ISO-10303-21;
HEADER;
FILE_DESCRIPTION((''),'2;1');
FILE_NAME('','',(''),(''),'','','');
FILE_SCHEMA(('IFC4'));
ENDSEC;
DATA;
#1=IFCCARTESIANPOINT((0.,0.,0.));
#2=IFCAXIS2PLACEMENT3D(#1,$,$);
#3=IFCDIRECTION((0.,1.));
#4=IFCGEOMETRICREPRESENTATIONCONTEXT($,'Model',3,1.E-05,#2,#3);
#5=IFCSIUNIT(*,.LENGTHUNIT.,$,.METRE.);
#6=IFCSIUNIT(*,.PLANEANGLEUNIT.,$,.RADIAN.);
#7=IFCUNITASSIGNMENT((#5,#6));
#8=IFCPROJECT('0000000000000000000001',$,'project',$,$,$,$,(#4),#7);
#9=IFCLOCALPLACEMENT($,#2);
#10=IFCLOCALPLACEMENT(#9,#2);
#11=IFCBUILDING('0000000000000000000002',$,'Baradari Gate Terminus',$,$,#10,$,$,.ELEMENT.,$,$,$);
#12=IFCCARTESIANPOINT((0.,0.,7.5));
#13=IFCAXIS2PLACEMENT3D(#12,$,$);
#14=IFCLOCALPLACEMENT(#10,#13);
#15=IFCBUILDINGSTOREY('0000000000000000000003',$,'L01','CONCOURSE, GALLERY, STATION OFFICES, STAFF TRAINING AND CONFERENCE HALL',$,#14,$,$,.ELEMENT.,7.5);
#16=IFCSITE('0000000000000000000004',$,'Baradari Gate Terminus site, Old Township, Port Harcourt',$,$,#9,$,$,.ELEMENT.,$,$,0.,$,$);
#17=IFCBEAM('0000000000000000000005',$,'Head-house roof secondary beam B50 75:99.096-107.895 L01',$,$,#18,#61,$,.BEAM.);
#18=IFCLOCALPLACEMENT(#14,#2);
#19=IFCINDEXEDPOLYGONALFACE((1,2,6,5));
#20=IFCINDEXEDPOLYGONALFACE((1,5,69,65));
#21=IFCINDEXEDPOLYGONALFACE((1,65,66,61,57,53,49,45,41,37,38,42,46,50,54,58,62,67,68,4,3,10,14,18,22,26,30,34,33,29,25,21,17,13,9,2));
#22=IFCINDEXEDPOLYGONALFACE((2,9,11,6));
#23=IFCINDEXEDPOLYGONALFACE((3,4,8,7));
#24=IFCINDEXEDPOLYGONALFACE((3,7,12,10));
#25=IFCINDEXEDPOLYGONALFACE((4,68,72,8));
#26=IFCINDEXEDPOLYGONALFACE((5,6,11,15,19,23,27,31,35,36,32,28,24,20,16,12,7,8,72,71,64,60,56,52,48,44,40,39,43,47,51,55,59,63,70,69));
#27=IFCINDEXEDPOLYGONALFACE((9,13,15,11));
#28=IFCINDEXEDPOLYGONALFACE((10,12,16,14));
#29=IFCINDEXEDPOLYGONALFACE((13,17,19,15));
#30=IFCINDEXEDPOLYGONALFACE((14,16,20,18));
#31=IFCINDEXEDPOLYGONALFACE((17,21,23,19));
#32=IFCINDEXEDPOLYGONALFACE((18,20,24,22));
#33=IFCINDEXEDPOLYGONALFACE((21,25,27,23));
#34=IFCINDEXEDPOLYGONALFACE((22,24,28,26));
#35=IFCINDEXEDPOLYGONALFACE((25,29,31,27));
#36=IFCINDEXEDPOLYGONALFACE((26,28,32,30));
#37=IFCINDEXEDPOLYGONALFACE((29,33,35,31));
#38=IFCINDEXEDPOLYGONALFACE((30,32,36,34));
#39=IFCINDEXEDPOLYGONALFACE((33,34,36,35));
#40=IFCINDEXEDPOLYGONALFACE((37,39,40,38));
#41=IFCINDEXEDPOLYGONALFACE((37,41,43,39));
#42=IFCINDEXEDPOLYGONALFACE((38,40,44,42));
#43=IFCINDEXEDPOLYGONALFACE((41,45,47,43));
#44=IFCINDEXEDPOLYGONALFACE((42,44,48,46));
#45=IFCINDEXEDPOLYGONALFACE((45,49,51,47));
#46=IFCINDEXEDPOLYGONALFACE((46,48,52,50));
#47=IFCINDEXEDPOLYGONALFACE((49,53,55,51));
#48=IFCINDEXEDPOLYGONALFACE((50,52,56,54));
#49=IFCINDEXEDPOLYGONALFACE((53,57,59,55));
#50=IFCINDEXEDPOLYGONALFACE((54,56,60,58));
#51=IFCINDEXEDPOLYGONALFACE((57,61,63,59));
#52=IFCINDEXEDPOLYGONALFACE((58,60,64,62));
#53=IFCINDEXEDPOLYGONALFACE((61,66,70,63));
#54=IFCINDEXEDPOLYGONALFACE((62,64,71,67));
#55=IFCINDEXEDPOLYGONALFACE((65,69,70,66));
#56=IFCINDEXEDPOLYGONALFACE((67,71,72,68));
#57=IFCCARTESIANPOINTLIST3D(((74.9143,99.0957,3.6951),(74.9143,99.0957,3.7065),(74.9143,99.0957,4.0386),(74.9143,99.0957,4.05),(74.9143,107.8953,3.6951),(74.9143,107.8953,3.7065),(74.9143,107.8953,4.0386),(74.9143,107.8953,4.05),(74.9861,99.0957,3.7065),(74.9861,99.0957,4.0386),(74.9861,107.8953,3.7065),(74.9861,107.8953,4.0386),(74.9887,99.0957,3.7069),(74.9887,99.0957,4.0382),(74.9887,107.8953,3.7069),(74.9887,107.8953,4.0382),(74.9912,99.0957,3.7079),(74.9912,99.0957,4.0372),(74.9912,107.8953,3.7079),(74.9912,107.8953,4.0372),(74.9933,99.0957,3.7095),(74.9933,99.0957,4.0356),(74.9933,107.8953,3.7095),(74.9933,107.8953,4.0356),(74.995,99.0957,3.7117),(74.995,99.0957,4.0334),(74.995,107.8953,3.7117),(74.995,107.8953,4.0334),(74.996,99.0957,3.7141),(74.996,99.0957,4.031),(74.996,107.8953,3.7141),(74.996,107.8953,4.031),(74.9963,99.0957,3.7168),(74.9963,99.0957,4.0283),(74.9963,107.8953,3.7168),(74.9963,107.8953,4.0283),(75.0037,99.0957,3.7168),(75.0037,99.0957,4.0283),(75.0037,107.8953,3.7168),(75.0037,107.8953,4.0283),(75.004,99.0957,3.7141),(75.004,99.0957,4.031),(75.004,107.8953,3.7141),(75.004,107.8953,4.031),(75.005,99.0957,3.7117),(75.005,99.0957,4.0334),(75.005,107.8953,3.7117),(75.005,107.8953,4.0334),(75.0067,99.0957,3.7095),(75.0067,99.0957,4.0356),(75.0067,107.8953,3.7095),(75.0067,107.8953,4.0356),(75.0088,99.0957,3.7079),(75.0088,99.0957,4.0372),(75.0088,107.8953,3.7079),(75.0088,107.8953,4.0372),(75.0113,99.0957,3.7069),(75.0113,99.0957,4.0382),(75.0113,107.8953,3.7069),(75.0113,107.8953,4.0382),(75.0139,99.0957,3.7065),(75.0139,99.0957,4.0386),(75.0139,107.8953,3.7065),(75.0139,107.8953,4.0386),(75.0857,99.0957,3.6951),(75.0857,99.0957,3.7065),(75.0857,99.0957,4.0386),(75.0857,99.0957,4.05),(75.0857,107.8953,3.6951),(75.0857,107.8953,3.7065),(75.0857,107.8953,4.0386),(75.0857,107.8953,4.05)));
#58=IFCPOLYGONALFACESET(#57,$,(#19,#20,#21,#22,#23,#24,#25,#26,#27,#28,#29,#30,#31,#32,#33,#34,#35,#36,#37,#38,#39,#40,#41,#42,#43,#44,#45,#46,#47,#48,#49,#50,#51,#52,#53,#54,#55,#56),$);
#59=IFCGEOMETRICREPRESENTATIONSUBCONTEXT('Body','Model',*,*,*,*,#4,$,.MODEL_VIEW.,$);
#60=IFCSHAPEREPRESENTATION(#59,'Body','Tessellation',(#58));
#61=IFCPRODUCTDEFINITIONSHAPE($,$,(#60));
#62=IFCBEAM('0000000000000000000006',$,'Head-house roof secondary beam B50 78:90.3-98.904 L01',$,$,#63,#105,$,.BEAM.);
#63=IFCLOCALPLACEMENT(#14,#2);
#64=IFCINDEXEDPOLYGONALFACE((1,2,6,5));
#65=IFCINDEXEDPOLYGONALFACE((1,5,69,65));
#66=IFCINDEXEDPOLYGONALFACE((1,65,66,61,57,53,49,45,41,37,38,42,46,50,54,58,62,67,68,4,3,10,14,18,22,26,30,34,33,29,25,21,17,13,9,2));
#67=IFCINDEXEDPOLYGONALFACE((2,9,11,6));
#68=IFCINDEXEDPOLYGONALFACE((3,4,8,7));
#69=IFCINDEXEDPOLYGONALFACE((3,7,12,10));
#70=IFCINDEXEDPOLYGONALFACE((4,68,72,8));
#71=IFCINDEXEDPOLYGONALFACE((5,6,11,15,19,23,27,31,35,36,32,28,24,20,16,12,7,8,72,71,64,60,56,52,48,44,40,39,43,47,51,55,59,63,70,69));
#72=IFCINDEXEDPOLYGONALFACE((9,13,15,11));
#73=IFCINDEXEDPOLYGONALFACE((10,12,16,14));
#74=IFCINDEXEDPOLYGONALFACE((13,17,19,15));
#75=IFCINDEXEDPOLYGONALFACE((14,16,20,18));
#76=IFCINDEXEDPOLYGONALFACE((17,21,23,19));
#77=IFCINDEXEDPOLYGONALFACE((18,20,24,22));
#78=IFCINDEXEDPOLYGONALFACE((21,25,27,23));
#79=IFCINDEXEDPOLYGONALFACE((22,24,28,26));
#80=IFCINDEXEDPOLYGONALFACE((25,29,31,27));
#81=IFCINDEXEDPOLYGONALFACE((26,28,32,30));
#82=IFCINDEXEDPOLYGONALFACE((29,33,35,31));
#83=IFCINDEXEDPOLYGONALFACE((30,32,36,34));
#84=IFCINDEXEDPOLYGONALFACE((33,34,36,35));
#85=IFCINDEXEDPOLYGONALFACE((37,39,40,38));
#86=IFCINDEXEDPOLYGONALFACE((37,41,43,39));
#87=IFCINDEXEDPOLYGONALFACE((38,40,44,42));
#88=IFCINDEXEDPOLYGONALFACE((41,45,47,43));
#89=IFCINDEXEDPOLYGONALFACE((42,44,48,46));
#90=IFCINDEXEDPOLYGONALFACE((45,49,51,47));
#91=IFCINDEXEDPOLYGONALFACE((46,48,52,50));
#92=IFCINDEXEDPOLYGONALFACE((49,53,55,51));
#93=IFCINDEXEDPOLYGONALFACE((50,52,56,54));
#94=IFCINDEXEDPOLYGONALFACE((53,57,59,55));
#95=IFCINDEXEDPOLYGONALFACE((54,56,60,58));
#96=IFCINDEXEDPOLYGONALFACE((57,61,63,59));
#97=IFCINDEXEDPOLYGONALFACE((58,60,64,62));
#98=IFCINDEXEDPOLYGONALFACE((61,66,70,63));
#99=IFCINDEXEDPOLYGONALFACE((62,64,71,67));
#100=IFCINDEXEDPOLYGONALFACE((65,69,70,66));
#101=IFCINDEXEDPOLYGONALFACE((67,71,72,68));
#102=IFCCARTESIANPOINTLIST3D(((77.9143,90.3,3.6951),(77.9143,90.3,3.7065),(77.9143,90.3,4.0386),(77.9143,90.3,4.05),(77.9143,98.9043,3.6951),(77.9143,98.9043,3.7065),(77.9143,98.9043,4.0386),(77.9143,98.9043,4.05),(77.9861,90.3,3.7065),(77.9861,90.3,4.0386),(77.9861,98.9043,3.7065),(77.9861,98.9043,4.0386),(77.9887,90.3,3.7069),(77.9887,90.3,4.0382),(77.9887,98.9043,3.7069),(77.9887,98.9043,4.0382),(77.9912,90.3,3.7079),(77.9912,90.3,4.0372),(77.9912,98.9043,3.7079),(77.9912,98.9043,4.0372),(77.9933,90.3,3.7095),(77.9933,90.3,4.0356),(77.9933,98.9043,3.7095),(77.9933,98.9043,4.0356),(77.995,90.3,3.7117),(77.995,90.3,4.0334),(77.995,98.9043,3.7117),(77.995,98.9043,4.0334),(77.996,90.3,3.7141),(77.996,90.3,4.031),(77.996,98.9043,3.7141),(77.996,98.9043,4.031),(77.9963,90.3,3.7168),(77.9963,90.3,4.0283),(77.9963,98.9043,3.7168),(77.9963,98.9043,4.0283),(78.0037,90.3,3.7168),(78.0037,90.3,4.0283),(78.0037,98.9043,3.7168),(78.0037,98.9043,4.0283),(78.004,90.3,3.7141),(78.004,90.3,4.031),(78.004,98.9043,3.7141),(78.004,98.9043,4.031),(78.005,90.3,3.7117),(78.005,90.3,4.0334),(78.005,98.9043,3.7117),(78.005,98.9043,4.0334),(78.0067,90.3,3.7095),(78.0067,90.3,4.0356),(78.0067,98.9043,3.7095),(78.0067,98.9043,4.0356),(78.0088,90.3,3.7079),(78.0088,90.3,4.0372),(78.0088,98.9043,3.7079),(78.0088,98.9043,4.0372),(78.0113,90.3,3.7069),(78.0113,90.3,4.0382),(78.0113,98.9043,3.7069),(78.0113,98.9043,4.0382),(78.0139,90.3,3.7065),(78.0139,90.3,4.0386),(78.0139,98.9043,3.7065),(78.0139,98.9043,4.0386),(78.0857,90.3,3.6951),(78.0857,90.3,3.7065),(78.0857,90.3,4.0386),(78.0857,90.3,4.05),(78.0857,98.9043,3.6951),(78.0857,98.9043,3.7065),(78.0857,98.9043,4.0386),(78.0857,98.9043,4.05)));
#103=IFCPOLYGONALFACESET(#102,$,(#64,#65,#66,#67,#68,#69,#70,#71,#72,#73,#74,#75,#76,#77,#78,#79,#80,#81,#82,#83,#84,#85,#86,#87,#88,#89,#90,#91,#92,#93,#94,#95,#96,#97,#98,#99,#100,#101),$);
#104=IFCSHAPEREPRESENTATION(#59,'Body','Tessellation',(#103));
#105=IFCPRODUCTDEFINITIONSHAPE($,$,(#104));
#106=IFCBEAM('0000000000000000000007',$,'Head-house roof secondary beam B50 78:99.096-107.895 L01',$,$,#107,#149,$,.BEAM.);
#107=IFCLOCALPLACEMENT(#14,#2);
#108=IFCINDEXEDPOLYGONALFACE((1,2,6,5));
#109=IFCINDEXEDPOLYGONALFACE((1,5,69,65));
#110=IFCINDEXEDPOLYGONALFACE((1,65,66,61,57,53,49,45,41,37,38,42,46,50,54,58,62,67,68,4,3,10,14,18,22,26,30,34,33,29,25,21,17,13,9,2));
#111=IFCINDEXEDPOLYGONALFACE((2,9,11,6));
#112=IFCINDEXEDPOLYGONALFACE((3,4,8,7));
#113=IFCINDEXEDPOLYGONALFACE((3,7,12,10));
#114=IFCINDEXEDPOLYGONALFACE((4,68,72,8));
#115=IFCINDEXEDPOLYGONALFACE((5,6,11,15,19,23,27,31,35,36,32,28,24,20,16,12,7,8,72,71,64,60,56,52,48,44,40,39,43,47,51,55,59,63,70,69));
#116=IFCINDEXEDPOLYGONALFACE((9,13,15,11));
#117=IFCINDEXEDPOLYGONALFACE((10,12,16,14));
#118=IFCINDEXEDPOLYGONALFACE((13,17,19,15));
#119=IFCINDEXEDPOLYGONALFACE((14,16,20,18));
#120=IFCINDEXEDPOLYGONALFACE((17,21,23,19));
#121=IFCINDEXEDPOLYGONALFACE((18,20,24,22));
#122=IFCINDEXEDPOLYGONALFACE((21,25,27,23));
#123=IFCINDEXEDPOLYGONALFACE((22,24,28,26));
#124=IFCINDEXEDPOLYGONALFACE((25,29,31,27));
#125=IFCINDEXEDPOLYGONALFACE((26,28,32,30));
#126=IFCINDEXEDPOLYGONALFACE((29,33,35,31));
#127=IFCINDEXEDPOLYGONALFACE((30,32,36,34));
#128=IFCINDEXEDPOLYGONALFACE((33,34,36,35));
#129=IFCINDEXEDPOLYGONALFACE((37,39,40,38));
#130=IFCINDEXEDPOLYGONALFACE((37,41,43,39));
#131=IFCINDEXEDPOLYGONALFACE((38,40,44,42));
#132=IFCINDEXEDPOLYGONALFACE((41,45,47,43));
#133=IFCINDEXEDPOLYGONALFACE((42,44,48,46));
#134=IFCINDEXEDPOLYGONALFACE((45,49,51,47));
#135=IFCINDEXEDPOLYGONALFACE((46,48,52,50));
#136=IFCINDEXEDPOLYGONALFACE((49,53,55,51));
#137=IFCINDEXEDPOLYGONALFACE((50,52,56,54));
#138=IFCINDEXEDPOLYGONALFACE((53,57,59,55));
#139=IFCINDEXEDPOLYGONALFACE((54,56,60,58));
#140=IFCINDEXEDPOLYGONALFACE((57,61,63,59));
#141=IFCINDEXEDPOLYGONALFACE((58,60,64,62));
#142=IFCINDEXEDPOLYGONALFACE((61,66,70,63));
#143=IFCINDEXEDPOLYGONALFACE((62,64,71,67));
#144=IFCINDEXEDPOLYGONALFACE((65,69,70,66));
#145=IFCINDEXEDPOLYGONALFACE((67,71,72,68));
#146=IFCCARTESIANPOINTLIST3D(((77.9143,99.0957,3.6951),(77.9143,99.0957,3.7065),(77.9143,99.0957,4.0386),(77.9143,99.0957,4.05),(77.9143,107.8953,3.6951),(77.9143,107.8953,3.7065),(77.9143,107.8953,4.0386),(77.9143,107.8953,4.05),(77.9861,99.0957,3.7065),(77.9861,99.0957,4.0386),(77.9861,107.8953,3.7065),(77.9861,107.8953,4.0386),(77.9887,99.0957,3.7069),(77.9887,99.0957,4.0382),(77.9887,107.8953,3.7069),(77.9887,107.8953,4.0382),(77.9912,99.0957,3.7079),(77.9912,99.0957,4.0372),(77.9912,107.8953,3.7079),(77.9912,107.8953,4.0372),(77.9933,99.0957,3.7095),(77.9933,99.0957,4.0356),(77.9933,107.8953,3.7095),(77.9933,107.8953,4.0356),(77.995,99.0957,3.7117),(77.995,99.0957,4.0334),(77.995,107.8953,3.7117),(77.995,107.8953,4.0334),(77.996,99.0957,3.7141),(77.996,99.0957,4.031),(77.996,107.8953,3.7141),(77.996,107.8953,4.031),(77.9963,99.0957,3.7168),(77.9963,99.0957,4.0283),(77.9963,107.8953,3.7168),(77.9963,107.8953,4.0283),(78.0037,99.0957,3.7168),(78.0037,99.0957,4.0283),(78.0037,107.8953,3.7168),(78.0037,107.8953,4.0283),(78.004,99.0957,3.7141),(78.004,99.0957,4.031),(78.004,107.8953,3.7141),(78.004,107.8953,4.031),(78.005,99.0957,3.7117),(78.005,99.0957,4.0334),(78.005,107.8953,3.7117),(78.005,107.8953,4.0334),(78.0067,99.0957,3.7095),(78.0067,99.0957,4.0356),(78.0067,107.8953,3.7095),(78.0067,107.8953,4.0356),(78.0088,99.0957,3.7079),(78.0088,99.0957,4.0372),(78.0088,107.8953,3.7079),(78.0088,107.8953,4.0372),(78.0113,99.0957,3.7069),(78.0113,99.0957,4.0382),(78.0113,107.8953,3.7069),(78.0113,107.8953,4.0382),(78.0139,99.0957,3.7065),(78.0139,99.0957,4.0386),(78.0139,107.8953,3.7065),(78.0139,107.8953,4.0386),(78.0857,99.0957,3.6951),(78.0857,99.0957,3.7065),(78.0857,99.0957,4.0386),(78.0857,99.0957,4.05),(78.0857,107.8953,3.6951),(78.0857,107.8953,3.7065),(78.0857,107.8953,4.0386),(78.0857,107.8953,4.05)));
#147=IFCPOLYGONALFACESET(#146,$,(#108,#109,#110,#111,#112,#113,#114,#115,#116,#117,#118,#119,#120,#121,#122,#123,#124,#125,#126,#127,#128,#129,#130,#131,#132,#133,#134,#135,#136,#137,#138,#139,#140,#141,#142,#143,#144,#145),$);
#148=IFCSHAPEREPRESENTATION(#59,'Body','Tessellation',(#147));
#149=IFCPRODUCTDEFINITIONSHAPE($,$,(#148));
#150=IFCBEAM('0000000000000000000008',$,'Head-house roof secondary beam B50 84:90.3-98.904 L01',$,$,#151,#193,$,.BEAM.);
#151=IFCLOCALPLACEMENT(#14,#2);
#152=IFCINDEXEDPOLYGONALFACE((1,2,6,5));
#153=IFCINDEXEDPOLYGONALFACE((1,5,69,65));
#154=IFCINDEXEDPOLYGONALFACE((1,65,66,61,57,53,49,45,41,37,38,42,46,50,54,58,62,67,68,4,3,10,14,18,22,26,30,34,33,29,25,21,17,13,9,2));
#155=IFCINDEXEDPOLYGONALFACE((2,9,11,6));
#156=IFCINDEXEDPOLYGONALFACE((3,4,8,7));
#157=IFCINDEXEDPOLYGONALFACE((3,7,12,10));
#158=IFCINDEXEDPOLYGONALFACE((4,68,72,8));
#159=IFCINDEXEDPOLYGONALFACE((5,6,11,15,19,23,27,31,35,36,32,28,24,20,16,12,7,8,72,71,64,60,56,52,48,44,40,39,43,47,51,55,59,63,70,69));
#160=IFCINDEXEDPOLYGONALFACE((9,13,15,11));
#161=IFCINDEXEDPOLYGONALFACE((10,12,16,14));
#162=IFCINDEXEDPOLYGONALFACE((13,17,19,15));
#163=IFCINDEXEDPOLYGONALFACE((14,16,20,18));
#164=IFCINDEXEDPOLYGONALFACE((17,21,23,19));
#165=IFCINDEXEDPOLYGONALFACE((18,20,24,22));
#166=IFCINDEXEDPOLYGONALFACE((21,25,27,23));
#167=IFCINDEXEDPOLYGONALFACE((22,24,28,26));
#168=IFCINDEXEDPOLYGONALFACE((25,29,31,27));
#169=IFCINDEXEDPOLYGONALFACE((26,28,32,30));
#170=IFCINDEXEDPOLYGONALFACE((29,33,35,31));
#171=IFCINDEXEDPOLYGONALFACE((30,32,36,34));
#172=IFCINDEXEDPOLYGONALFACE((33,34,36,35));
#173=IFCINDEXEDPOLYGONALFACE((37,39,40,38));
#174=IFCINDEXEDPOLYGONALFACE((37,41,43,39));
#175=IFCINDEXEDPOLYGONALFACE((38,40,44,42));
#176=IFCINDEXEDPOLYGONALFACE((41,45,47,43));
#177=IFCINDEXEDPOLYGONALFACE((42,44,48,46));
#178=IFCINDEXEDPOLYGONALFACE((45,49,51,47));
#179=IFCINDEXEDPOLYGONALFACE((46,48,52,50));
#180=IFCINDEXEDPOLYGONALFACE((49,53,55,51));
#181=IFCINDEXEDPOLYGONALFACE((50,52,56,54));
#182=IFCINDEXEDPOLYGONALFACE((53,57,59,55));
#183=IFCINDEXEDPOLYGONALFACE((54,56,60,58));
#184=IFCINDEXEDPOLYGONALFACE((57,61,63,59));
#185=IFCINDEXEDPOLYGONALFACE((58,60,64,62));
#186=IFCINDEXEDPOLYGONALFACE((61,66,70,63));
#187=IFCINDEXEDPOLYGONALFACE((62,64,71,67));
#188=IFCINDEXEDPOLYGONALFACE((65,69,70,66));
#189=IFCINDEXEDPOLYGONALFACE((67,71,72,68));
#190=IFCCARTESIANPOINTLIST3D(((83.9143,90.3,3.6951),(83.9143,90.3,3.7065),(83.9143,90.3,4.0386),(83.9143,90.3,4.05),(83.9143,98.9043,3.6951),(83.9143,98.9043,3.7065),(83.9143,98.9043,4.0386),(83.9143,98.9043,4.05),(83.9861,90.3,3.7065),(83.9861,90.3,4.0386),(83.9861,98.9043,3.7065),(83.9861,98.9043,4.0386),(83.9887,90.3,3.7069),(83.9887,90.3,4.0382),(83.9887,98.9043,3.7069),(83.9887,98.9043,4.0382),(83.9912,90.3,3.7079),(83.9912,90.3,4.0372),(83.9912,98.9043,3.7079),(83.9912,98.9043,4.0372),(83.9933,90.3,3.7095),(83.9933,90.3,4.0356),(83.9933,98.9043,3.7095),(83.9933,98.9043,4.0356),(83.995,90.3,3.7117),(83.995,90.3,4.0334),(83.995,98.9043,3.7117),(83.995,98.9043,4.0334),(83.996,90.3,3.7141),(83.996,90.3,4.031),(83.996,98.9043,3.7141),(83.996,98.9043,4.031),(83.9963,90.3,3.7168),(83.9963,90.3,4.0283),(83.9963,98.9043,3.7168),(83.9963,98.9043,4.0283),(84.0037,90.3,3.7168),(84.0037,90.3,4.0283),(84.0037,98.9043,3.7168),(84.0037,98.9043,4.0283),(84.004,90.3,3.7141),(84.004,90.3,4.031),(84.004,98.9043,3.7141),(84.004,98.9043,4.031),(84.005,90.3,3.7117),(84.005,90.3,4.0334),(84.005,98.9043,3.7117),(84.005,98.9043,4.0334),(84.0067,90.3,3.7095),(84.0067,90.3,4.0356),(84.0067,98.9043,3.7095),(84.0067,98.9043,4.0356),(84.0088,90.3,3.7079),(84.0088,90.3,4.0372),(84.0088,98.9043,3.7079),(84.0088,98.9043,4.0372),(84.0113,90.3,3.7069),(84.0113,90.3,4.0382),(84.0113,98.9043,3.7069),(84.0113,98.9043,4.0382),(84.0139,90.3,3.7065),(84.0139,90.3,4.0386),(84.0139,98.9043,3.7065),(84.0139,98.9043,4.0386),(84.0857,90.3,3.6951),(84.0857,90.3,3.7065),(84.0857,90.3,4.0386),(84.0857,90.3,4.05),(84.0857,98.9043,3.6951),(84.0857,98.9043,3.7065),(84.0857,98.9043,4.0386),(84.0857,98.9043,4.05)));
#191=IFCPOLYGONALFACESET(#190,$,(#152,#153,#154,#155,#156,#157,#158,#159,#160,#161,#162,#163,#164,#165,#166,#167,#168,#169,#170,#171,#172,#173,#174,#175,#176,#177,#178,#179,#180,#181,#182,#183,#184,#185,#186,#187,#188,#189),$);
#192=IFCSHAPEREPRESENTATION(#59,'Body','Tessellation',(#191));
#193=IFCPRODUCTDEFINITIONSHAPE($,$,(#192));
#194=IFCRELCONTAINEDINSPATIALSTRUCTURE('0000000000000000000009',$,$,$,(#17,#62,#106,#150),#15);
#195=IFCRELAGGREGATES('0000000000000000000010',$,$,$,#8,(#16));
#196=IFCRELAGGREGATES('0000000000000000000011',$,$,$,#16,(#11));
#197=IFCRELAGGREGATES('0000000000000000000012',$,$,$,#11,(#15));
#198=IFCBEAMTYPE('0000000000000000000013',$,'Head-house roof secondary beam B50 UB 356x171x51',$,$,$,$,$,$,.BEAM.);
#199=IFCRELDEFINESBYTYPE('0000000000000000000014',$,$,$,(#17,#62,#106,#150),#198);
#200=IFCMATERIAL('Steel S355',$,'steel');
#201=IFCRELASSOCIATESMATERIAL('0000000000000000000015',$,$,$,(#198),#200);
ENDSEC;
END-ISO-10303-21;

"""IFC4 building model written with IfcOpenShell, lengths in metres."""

from ifc_helpers import new_model, si_unit, direction, frame, origin, origin_2d, place, context, subcontext, project, spatial, i_section, extrude, material, material_profile, profile_set, type_object, element, save


model = new_model("IFC4")

# Units and contexts
model_context = context("Model", 3, precision=1e-05, world=origin(), true_north=direction((0.0, 1.0)))
body_context = subcontext(model_context, "Body", "Model", "MODEL_VIEW")
ifc_project = project(units=[si_unit("LENGTHUNIT", "METRE"), si_unit("PLANEANGLEUNIT", "RADIAN")], contexts=[model_context])

# Site, building, storey
site_placement = place(None, origin())
site = spatial("IfcSite", under=ifc_project, at=site_placement, Name="Baradari Gate Terminus site, Old Township, Port Harcourt", CompositionType="ELEMENT", RefElevation=0.0)
building_placement = place(site_placement, origin())
building = spatial("IfcBuilding", under=site, at=building_placement, Name="Baradari Gate Terminus", CompositionType="ELEMENT")
storey_placement = place(building_placement, frame((0.0, 0.0, 7.5)))
storey = spatial("IfcBuildingStorey", under=building, at=storey_placement, Name="L01", Description="CONCOURSE, GALLERY, STATION OFFICES, STAFF TRAINING AND CONFERENCE HALL", CompositionType="ELEMENT", Elevation=7.5)

# Beams
ifc_material_1 = material(Name="Steel S355", Category="steel")
ifc_material_profile_1 = material_profile(ifc_material_1, i_section(OverallWidth=0.1714, OverallDepth=0.355, WebThickness=0.0073, FlangeThickness=0.0115, FilletRadius=0.0103, at=origin_2d()), Name="UB 356x171x51")
ifc_profile_set_1 = profile_set([ifc_material_profile_1], Name="Steel S355")
beam_type_1 = type_object("IfcBeamType", Name="Head-house roof secondary beam B50 UB 356x171x51", PredefinedType="BEAM", material=ifc_profile_set_1)
beam_1_placement = place(storey_placement, frame((75.0, 99.0957, 3.8726), z_axis=(0.0, 1.0, 0.0), x_axis=(-1.0, 0.0, 0.0)))
element("IfcBeam", 1, at=beam_1_placement, inside=storey, type_object=beam_type_1, Name="Head-house roof secondary beam B50 75:99.096-107.895 L01", PredefinedType="BEAM", context=body_context, shape_type="SweptSolid", body=[
    extrude(i_section(OverallWidth=0.1714, OverallDepth=0.355, WebThickness=0.0073, FlangeThickness=0.0115, FilletRadius=0.0103, at=origin_2d()), origin(), (0.0, 0.0, 1.0), 8.7996),
])
beam_2_placement = place(storey_placement, frame((78.0, 90.3, 3.8726), z_axis=(0.0, 1.0, 0.0), x_axis=(-1.0, 0.0, 0.0)))
element("IfcBeam", 2, at=beam_2_placement, inside=storey, type_object=beam_type_1, Name="Head-house roof secondary beam B50 78:90.3-98.904 L01", PredefinedType="BEAM", context=body_context, shape_type="SweptSolid", body=[
    extrude(i_section(OverallWidth=0.1714, OverallDepth=0.355, WebThickness=0.0073, FlangeThickness=0.0115, FilletRadius=0.0103, at=origin_2d()), origin(), (0.0, 0.0, 1.0), 8.6042),
])
beam_3_placement = place(storey_placement, frame((78.0, 99.0957, 3.8726), z_axis=(0.0, 1.0, 0.0), x_axis=(-1.0, 0.0, 0.0)))
element("IfcBeam", 3, at=beam_3_placement, inside=storey, type_object=beam_type_1, Name="Head-house roof secondary beam B50 78:99.096-107.895 L01", PredefinedType="BEAM", context=body_context, shape_type="SweptSolid", body=[
    extrude(i_section(OverallWidth=0.1714, OverallDepth=0.355, WebThickness=0.0073, FlangeThickness=0.0115, FilletRadius=0.0103, at=origin_2d()), origin(), (0.0, 0.0, 1.0), 8.7996),
])
beam_4_placement = place(storey_placement, frame((84.0, 90.3, 3.8726), z_axis=(0.0, 1.0, 0.0), x_axis=(-1.0, 0.0, 0.0)))
element("IfcBeam", 4, at=beam_4_placement, inside=storey, type_object=beam_type_1, Name="Head-house roof secondary beam B50 84:90.3-98.904 L01", PredefinedType="BEAM", context=body_context, shape_type="SweptSolid", body=[
    extrude(i_section(OverallWidth=0.1714, OverallDepth=0.355, WebThickness=0.0073, FlangeThickness=0.0115, FilletRadius=0.0103, at=origin_2d()), origin(), (0.0, 0.0, 1.0), 8.6042),
])

save(model, "model.ifc")
